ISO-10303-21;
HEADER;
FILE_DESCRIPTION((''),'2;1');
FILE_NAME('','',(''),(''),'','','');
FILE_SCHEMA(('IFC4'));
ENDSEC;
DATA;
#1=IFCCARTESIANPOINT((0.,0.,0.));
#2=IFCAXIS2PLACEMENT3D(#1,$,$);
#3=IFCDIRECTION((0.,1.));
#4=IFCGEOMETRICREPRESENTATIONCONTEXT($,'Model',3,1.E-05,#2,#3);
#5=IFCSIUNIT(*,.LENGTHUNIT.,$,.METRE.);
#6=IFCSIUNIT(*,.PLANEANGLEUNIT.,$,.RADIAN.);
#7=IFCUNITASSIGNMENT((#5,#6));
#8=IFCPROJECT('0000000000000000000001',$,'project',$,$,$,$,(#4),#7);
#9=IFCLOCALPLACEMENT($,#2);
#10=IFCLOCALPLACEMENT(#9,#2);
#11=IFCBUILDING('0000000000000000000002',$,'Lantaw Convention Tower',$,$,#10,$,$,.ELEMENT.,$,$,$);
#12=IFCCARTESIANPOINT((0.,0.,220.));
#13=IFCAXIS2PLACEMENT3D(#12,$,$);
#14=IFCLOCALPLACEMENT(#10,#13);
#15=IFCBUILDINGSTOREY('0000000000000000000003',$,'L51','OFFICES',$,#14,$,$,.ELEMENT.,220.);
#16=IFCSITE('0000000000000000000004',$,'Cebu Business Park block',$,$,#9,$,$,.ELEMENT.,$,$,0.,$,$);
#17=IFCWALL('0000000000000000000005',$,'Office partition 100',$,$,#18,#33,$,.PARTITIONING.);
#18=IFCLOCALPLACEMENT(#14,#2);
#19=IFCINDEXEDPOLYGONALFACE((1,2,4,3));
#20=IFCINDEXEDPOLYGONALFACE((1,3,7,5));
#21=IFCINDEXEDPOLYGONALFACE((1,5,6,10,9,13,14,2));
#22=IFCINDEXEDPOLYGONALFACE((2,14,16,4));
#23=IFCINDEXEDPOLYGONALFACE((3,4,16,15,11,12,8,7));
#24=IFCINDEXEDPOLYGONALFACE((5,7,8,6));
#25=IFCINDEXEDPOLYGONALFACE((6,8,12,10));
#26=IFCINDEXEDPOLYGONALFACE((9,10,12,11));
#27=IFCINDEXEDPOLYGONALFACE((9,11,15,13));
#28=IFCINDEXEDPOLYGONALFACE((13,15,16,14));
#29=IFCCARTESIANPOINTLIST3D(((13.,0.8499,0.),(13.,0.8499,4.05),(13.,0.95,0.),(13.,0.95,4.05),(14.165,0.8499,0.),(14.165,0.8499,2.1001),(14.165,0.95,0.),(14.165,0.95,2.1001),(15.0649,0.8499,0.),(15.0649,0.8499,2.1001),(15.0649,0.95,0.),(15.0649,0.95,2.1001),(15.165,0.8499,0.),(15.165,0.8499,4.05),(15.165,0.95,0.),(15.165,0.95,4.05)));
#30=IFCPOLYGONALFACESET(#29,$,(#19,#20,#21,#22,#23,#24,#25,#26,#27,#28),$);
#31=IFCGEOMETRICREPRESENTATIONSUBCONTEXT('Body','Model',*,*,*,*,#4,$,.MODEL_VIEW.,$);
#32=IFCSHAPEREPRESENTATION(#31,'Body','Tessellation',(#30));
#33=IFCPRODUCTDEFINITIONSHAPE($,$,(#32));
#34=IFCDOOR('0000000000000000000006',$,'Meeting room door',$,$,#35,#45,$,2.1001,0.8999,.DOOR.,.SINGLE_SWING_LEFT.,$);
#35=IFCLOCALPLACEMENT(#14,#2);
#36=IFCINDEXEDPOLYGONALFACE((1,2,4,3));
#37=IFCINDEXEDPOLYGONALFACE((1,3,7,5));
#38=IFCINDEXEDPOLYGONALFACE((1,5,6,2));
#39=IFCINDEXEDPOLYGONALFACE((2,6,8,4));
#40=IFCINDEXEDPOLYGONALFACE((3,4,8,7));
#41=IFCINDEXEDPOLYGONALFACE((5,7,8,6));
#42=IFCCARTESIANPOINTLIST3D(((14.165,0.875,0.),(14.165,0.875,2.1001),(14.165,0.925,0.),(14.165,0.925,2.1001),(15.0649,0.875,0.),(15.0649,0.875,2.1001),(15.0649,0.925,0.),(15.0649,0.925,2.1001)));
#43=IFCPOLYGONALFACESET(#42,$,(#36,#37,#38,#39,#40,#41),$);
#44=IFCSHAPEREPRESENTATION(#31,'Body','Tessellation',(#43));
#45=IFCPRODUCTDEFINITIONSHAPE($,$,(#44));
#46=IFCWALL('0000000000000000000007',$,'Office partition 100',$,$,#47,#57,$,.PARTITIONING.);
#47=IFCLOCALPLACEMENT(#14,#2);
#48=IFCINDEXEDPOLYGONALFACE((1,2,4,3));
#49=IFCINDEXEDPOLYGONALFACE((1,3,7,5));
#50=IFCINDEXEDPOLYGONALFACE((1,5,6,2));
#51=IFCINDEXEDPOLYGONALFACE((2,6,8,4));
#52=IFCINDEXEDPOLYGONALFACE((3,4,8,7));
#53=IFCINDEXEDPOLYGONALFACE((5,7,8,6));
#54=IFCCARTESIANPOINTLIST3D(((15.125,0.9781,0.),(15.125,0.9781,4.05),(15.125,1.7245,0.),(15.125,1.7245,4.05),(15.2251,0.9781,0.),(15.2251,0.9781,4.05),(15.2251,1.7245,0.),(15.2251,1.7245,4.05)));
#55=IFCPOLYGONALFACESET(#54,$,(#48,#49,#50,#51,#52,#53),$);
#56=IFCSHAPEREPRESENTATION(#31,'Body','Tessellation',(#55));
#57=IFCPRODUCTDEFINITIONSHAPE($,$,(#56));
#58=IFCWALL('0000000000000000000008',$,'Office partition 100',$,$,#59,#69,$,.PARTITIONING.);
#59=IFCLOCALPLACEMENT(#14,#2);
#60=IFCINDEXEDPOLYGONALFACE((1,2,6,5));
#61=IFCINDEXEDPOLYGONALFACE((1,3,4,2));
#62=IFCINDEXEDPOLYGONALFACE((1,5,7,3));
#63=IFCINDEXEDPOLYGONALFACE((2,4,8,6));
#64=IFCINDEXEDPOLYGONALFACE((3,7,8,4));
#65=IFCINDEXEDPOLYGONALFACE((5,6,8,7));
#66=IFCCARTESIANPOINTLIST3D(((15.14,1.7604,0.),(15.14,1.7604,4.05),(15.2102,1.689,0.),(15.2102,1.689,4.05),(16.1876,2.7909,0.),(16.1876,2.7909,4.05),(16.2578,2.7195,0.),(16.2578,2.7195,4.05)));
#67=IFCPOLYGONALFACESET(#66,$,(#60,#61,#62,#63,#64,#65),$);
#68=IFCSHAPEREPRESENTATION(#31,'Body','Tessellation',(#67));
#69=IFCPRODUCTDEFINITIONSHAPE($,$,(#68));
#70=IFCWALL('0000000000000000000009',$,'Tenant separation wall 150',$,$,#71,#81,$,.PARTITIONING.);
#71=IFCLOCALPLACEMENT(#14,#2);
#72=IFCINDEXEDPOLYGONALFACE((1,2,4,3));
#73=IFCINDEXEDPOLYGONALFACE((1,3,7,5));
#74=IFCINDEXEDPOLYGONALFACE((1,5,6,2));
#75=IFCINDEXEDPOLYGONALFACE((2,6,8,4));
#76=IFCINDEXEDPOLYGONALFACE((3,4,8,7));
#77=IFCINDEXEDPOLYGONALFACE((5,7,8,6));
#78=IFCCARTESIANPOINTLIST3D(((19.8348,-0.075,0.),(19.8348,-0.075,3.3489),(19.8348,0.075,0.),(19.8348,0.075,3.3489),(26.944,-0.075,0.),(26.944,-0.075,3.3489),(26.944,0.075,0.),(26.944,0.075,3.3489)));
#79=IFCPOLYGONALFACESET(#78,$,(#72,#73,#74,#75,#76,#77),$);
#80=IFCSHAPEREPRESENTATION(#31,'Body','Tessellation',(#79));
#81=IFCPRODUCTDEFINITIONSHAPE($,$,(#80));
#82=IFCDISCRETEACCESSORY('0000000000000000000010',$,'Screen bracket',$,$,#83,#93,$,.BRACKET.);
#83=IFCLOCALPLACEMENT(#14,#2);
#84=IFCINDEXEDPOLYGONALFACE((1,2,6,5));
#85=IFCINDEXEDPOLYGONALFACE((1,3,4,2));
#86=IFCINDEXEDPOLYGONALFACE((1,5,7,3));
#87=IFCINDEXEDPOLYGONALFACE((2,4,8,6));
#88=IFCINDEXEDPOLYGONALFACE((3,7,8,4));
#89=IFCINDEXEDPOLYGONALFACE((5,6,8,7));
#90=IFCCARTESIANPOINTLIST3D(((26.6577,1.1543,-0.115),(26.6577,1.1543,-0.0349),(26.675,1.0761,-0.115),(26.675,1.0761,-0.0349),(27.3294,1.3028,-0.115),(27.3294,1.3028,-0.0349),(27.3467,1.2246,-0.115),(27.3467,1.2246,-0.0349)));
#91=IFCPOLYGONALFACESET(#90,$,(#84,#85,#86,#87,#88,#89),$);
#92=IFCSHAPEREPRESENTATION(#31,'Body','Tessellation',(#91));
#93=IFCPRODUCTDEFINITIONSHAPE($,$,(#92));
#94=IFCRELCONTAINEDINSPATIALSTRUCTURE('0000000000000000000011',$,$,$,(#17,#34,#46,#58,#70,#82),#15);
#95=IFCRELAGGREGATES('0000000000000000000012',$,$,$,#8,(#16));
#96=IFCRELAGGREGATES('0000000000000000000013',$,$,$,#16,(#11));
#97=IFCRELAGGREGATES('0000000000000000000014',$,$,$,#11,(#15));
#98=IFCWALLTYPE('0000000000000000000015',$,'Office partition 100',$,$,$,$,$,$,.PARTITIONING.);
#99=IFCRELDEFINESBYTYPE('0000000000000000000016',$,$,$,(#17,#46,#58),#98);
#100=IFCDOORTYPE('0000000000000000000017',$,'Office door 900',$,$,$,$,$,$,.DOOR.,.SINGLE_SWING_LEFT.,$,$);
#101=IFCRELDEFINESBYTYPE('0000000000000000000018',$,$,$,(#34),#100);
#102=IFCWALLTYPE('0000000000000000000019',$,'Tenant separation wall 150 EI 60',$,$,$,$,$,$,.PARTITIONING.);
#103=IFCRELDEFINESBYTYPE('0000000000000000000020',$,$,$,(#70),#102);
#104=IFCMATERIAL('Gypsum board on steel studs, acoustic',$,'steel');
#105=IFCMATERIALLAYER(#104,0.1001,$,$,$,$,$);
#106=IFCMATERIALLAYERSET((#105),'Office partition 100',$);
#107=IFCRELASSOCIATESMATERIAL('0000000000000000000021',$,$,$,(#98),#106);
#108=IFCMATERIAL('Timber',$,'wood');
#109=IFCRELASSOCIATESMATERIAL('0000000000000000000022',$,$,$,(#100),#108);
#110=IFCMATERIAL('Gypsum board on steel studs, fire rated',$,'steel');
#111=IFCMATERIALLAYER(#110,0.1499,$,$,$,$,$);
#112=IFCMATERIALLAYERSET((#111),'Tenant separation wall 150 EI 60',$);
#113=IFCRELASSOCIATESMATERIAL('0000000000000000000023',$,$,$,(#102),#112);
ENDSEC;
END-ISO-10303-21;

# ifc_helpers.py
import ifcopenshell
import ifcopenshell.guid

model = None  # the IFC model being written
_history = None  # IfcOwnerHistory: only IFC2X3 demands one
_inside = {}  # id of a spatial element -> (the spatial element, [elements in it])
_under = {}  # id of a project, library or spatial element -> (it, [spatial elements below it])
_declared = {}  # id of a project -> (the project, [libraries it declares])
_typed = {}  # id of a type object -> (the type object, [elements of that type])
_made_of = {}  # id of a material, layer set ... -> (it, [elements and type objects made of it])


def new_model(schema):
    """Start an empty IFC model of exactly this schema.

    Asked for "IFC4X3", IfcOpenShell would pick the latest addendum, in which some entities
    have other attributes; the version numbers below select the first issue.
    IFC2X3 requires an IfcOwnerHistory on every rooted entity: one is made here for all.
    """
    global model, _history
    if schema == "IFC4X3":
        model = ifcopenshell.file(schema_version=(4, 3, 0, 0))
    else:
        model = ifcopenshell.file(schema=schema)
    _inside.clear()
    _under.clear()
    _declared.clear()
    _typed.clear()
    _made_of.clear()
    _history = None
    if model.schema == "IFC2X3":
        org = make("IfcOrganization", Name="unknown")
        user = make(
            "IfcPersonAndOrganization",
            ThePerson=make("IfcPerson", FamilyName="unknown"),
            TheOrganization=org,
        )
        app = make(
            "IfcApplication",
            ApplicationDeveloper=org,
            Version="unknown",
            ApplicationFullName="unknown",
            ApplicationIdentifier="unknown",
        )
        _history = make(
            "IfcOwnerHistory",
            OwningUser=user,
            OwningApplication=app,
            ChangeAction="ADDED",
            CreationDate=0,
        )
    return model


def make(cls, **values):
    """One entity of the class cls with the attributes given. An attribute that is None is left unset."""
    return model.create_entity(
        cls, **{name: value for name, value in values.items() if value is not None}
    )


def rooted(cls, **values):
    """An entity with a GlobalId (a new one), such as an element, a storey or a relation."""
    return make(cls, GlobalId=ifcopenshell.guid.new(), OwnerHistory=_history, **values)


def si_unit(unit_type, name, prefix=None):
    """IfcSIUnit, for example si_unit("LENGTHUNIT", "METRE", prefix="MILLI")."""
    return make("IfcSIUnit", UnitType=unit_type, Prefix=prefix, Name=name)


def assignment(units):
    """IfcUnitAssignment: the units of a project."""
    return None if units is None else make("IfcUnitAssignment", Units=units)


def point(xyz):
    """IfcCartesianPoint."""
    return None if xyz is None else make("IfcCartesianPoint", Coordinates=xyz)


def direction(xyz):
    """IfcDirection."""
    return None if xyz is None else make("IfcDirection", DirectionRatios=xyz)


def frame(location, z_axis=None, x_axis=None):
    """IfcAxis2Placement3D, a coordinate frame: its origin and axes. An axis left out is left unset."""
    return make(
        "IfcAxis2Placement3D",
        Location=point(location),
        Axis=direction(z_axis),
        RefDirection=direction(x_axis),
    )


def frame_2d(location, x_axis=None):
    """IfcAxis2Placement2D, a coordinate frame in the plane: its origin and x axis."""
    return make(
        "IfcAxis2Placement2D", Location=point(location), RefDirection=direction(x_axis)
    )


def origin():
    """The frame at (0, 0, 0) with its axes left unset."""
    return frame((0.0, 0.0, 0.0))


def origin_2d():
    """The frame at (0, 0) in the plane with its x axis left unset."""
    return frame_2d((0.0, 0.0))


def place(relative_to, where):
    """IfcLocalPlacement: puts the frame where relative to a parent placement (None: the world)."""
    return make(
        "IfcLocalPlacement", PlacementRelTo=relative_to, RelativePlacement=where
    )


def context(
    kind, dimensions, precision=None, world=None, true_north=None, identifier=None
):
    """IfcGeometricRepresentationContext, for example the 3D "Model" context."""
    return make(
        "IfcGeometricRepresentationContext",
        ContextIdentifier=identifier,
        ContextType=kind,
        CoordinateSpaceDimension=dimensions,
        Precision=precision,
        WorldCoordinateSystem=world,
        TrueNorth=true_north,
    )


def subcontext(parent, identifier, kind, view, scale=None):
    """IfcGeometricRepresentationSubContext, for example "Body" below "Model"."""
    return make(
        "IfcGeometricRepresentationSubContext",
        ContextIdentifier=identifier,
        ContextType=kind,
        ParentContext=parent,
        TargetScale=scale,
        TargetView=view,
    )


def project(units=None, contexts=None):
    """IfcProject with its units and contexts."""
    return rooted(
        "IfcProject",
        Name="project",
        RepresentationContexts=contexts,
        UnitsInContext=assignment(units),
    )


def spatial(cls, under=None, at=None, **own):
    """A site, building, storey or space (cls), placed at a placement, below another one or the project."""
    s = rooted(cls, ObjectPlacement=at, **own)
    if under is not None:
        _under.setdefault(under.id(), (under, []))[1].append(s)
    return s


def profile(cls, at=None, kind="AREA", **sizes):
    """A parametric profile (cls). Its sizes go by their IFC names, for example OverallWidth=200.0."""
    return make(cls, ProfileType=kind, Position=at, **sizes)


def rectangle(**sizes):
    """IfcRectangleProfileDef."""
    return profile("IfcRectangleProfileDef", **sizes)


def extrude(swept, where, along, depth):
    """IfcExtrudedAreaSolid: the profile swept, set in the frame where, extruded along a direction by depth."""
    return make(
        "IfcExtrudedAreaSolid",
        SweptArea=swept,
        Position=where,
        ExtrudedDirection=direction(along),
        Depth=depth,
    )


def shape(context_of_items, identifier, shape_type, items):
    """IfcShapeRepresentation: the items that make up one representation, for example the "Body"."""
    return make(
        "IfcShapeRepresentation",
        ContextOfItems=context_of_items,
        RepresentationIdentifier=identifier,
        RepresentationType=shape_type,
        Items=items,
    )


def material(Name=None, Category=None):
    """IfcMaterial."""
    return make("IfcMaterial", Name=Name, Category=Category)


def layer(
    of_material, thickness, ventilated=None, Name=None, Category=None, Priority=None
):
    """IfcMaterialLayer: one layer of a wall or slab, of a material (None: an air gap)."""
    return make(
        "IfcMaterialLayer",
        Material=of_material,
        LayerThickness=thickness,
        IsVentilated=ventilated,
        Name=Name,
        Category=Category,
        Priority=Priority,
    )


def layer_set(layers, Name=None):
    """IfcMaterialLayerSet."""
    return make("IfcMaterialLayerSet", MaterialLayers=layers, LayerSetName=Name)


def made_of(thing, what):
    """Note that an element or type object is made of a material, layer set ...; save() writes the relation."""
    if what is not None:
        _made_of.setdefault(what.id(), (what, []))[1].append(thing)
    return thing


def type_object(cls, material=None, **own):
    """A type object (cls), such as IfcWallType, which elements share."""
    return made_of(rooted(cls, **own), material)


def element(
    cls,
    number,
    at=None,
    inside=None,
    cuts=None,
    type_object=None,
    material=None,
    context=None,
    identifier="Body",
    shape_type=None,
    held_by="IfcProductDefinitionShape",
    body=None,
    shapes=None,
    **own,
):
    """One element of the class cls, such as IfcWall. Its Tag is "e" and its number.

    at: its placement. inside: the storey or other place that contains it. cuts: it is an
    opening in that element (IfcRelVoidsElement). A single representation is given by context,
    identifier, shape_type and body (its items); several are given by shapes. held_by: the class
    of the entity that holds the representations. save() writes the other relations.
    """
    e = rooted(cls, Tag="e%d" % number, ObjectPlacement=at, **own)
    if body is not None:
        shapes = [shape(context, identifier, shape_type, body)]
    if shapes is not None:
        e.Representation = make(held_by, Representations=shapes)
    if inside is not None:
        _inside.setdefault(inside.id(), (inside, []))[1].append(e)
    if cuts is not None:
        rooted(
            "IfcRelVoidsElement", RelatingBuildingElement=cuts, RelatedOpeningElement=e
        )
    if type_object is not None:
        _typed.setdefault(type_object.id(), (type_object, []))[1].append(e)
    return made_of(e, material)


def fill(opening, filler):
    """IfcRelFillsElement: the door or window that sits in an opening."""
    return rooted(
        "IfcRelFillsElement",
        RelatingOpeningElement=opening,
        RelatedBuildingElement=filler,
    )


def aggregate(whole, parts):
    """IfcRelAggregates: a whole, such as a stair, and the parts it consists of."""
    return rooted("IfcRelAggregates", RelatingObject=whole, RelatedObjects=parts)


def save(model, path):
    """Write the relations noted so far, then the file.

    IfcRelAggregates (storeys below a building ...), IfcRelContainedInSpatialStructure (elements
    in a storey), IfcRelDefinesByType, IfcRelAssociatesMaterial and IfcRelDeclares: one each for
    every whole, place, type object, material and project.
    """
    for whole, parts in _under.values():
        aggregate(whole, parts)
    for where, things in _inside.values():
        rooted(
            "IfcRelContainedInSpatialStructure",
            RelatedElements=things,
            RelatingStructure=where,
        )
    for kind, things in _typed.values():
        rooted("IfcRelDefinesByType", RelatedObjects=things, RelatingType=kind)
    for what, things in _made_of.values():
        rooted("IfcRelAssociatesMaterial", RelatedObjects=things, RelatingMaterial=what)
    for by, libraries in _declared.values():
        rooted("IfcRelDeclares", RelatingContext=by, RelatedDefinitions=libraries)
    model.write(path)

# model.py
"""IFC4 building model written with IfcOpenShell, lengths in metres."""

from ifc_helpers import new_model, si_unit, direction, frame, frame_2d, origin, origin_2d, place, context, subcontext, project, spatial, rectangle, extrude, material, layer, layer_set, type_object, element, fill, save


model = new_model("IFC4")

# Units and contexts
model_context = context("Model", 3, precision=1e-05, world=origin(), true_north=direction((0.0, 1.0)))
body_context = subcontext(model_context, "Body", "Model", "MODEL_VIEW")
ifc_project = project(units=[si_unit("LENGTHUNIT", "METRE"), si_unit("PLANEANGLEUNIT", "RADIAN")], contexts=[model_context])

# Site, building, storey
site_placement = place(None, origin())
site = spatial("IfcSite", under=ifc_project, at=site_placement, Name="Cebu Business Park block", CompositionType="ELEMENT", RefElevation=0.0)
building_placement = place(site_placement, origin())
building = spatial("IfcBuilding", under=site, at=building_placement, Name="Lantaw Convention Tower", CompositionType="ELEMENT")
storey_placement = place(building_placement, frame((0.0, 0.0, 220.0)))
storey = spatial("IfcBuildingStorey", under=building, at=storey_placement, Name="L51", Description="OFFICES", CompositionType="ELEMENT", Elevation=220.0)

# Shared definitions
ifc_material_1 = material(Name="Gypsum board on steel studs, fire rated", Category="steel")
ifc_material_2 = material(Name="Gypsum board on steel studs, acoustic", Category="steel")
ifc_layer_1 = layer(ifc_material_2, 0.1001)
ifc_layer_set_1 = layer_set([ifc_layer_1], Name="Office partition 100")
wall_type_1 = type_object("IfcWallType", Name="Office partition 100", PredefinedType="PARTITIONING", material=ifc_layer_set_1)

# Wall, opening, door
wall_1_placement = place(storey_placement, frame((15.165, 0.8999, 0.0), z_axis=(0.0, 0.0, 1.0), x_axis=(-1.0, 0.0, 0.0)))
wall_1 = element("IfcWall", 1, at=wall_1_placement, inside=storey, type_object=wall_type_1, Name="Office partition 100", PredefinedType="PARTITIONING", context=body_context, shape_type="SweptSolid", body=[
    extrude(rectangle(XDim=2.165, YDim=0.1001, at=frame_2d((1.0825, 0.0))), origin(), (0.0, 0.0, 1.0), 4.05),
])
opening_placement = place(wall_1_placement, frame((0.1001, 0.0, 0.0)))
opening = element("IfcOpeningElement", 2, at=opening_placement, cuts=wall_1, PredefinedType="OPENING", context=body_context, shape_type="SweptSolid", body=[
    extrude(rectangle(XDim=0.8999, YDim=2.1001, at=frame_2d((0.45, 1.05))), frame((0.0, 0.0601, 0.0), z_axis=(0.0, -1.0, 0.0), x_axis=(1.0, 0.0, 0.0)), (0.0, 0.0, 1.0), 0.1201),
])
ifc_material_3 = material(Name="Timber", Category="wood")
door_type = type_object("IfcDoorType", Name="Office door 900", OperationType="SINGLE_SWING_LEFT", PredefinedType="DOOR", material=ifc_material_3)
door_placement = place(opening_placement, origin())
door = element("IfcDoor", 3, at=door_placement, inside=storey, type_object=door_type, Name="Meeting room door", OperationType="SINGLE_SWING_LEFT", OverallHeight=2.1001, OverallWidth=0.8999, PredefinedType="DOOR", context=body_context, shape_type="SweptSolid", body=[
    extrude(rectangle(XDim=0.8999, YDim=2.1001, at=frame_2d((0.45, 1.05))), frame((0.0, 0.0249, 0.0), z_axis=(0.0, -1.0, 0.0), x_axis=(1.0, 0.0, 0.0)), (0.0, 0.0, 1.0), 0.05),
])
fill(opening, door)

# Walls
wall_2_placement = place(storey_placement, frame((15.175, 0.9783, 0.0), z_axis=(0.0, 0.0, 1.0), x_axis=(0.0, 1.0, 0.0)))
element("IfcWall", 4, at=wall_2_placement, inside=storey, type_object=wall_type_1, Name="Office partition 100", PredefinedType="PARTITIONING", context=body_context, shape_type="SweptSolid", body=[
    extrude(rectangle(XDim=0.7463, YDim=0.1001, at=frame_2d((0.373, 0.0))), origin(), (0.0, 0.0, 1.0), 4.05),
])
wall_3_placement = place(storey_placement, frame((15.175, 1.7246, 0.0), z_axis=(0.0, 0.0, 1.0), x_axis=(0.712898, 0.701268, 0.0)))
element("IfcWall", 5, at=wall_3_placement, inside=storey, type_object=wall_type_1, Name="Office partition 100", PredefinedType="PARTITIONING", context=body_context, shape_type="SweptSolid", body=[
    extrude(rectangle(XDim=1.4695, YDim=0.1001, at=frame_2d((0.7349, 0.0))), origin(), (0.0, 0.0, 1.0), 4.05),
])
ifc_layer_2 = layer(ifc_material_1, 0.1499)
ifc_layer_set_2 = layer_set([ifc_layer_2], Name="Tenant separation wall 150 EI 60")
wall_type_2 = type_object("IfcWallType", Name="Tenant separation wall 150 EI 60", PredefinedType="PARTITIONING", material=ifc_layer_set_2)
wall_4_placement = place(storey_placement, frame((26.9441, 0.0, 0.0), z_axis=(0.0, 0.0, 1.0), x_axis=(-1.0, 0.0, 0.0)))
element("IfcWall", 6, at=wall_4_placement, inside=storey, type_object=wall_type_2, Name="Tenant separation wall 150", PredefinedType="PARTITIONING", context=body_context, shape_type="SweptSolid", body=[
    extrude(rectangle(XDim=7.1091, YDim=0.1499, at=frame_2d((3.5547, 0.0))), origin(), (0.0, 0.0, 1.0), 3.3489),
])

# Discrete accessory
discrete_accessory_placement = place(storey_placement, frame((27.0022, 1.1895, -0.115), z_axis=(0.0, 0.0, 1.0), x_axis=(-0.215891, 0.976417, 0.0)))
element("IfcDiscreteAccessory", 7, at=discrete_accessory_placement, inside=storey, Name="Screen bracket", PredefinedType="BRACKET", context=body_context, shape_type="SweptSolid", body=[
    extrude(rectangle(XDim=0.0801, YDim=0.688, at=origin_2d()), origin(), (0.0, 0.0, 1.0), 0.0801),
])

save(model, "model.ifc")
